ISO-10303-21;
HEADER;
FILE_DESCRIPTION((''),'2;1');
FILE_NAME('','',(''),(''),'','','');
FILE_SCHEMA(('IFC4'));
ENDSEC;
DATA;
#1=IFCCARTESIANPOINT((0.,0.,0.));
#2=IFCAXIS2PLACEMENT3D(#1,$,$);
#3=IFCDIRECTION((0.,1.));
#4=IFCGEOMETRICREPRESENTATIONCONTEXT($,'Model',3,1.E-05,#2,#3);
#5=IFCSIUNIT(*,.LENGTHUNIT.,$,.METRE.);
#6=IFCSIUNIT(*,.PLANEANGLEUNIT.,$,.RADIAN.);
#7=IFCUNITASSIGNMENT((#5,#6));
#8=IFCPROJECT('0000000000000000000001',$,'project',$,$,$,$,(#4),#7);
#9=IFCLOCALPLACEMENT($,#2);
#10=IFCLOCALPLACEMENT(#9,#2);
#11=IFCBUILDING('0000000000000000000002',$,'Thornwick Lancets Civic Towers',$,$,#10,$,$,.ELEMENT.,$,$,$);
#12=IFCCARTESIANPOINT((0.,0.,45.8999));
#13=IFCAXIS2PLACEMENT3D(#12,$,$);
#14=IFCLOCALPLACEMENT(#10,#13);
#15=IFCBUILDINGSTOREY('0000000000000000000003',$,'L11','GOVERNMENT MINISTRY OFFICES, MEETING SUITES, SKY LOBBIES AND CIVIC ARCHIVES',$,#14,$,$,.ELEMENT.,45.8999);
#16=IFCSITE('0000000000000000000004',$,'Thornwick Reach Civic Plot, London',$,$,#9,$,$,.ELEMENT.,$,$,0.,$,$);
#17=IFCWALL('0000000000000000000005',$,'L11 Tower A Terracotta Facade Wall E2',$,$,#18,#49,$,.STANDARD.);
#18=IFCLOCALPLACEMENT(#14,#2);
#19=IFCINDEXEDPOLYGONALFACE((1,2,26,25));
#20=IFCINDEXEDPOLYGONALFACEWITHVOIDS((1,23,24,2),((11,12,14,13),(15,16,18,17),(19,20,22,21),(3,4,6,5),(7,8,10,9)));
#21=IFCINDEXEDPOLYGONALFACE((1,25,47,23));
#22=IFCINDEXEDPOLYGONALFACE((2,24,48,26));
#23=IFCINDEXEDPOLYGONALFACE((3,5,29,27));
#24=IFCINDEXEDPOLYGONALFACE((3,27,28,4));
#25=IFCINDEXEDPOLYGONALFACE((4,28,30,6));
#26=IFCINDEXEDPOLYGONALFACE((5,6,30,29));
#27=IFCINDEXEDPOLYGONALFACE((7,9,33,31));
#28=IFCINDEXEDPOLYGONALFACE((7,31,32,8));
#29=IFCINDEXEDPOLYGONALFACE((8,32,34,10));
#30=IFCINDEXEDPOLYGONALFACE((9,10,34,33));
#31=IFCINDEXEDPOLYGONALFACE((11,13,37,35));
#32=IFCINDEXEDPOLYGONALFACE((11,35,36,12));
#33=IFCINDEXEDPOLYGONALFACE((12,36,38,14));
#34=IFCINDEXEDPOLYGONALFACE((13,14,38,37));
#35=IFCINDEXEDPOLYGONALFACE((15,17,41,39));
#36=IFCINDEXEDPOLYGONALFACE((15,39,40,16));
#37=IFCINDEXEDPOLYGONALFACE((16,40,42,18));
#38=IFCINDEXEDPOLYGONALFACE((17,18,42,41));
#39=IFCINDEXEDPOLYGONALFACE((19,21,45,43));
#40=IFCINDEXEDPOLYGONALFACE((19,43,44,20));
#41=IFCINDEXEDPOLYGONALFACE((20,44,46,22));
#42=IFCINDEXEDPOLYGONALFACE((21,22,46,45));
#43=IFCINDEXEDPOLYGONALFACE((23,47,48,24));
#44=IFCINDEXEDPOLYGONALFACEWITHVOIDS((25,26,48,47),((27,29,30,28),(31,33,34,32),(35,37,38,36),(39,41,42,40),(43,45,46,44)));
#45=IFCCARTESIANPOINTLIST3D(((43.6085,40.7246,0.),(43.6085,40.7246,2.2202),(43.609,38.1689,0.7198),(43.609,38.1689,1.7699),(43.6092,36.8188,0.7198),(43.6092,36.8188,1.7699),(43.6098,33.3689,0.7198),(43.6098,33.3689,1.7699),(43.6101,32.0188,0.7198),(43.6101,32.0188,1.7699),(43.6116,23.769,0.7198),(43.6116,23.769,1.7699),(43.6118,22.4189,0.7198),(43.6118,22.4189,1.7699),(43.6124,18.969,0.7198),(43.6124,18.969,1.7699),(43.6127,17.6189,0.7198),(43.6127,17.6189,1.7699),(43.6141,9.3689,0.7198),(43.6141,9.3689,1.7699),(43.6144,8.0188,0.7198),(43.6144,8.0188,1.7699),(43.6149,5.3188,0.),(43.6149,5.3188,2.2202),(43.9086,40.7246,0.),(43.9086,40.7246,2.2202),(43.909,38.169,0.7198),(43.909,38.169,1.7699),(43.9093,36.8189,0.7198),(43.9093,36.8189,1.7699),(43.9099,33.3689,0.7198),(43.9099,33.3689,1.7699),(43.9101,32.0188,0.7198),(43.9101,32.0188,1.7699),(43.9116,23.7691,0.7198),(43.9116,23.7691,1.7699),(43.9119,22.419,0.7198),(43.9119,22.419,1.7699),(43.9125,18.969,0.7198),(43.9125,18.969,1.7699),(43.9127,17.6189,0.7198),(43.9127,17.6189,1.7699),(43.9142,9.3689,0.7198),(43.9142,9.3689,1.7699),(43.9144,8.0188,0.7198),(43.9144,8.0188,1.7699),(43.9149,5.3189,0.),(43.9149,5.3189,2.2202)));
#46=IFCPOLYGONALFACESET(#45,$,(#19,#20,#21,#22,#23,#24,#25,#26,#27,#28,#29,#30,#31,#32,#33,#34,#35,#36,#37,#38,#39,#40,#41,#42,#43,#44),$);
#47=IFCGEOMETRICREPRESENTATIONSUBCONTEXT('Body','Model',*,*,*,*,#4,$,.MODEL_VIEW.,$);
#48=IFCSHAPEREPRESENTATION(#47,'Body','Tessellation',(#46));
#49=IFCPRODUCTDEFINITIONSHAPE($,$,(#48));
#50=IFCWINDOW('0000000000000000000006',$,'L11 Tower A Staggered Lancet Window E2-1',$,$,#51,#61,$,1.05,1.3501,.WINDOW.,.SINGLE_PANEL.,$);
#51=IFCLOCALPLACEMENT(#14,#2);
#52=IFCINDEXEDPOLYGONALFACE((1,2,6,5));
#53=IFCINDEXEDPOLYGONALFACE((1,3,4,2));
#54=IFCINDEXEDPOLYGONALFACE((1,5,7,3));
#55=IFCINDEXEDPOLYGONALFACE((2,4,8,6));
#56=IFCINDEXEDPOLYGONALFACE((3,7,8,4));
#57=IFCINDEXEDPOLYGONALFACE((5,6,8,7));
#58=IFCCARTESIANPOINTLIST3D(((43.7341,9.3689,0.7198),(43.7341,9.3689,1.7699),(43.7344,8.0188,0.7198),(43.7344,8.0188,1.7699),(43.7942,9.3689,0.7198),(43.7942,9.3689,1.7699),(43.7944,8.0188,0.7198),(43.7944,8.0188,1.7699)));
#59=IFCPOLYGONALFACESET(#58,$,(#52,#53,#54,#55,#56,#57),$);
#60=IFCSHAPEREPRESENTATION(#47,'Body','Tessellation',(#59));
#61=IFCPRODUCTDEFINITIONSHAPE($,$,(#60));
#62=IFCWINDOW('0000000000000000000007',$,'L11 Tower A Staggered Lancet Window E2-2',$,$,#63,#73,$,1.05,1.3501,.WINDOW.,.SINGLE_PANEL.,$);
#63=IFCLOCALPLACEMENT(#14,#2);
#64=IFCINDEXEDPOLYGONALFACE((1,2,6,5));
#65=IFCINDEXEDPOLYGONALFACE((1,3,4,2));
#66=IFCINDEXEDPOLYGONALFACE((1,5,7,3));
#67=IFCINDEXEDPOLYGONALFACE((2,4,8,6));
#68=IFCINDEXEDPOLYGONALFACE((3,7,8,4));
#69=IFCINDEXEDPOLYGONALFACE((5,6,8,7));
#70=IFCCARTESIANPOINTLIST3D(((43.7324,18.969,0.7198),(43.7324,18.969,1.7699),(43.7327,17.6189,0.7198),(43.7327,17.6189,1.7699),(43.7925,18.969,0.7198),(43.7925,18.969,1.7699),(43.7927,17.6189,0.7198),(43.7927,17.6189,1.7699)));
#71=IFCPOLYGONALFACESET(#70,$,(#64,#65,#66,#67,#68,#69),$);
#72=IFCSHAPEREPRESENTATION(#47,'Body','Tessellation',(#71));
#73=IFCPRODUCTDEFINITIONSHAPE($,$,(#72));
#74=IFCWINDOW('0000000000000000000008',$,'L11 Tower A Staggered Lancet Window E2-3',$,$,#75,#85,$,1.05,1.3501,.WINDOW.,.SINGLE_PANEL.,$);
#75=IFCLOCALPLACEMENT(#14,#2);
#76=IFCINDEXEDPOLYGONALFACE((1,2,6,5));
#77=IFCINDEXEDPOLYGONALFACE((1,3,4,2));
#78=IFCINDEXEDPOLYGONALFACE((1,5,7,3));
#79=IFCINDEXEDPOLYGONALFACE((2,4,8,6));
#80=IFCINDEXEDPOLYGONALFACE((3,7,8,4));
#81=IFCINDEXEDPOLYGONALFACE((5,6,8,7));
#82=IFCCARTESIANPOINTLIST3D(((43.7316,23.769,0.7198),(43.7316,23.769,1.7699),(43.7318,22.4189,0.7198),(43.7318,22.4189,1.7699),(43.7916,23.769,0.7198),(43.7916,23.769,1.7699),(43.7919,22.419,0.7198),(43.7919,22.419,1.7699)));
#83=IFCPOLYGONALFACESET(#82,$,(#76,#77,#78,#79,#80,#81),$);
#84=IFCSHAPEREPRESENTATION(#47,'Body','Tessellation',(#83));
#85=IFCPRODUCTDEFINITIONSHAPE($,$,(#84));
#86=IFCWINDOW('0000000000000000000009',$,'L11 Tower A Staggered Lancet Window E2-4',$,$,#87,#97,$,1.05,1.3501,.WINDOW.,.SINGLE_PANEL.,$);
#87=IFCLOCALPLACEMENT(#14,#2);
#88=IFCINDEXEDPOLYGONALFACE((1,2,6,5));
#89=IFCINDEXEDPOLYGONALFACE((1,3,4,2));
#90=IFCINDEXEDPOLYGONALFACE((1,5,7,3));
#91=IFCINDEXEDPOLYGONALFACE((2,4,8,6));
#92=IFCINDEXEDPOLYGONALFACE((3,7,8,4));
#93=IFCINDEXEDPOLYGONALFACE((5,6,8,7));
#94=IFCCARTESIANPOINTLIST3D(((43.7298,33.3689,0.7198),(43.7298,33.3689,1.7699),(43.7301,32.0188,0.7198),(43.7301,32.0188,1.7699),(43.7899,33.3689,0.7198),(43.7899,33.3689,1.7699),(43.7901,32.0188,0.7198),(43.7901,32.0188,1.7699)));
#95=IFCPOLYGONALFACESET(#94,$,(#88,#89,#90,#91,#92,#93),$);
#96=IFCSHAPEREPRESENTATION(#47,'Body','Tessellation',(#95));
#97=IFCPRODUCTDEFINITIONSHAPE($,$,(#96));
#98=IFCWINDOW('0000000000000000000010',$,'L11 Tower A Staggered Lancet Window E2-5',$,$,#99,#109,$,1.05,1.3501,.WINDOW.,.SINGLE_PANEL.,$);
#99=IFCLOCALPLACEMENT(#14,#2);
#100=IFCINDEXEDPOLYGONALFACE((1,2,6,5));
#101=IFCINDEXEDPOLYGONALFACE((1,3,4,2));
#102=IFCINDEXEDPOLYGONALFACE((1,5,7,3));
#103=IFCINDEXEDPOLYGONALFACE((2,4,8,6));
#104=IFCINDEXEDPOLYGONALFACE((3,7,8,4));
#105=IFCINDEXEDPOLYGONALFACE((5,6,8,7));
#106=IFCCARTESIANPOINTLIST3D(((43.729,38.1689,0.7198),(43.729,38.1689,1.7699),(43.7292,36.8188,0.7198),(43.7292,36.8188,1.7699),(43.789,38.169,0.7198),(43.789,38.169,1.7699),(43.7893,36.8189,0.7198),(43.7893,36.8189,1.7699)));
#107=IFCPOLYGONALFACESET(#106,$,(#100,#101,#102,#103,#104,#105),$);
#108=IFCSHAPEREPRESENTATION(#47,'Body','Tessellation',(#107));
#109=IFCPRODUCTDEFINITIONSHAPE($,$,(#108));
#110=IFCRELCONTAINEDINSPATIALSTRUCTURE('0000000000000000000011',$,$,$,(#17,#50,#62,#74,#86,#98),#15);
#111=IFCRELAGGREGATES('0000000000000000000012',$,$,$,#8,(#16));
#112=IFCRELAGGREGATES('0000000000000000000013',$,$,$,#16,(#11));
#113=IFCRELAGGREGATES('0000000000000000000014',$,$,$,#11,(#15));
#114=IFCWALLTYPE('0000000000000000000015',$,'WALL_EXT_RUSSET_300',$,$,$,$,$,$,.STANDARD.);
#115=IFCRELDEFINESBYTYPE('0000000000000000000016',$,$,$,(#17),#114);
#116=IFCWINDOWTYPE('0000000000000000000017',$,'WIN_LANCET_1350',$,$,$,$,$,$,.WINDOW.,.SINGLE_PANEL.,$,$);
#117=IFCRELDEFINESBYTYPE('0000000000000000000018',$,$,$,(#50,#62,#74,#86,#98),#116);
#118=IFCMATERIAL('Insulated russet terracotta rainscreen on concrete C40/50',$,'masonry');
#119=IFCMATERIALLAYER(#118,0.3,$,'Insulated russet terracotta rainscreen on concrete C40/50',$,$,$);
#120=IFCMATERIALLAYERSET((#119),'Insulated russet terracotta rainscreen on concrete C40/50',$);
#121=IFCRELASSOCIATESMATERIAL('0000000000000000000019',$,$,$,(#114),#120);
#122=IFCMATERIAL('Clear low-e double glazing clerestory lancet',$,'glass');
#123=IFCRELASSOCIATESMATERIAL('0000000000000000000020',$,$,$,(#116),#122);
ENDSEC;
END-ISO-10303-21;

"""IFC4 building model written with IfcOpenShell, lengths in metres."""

from ifc_helpers import new_model, si_unit, direction, frame, frame_2d, origin, place, context, subcontext, project, spatial, rectangle, extrude, material, layer, layer_set, type_object, element, fill, save


model = new_model("IFC4")

# Units and contexts
model_context = context("Model", 3, precision=1e-05, world=origin(), true_north=direction((0.0, 1.0)))
body_context = subcontext(model_context, "Body", "Model", "MODEL_VIEW")
ifc_project = project(units=[si_unit("LENGTHUNIT", "METRE"), si_unit("PLANEANGLEUNIT", "RADIAN")], contexts=[model_context])

# Site, building, storey
site_placement = place(None, origin())
site = spatial("IfcSite", under=ifc_project, at=site_placement, Name="Thornwick Reach Civic Plot, London", CompositionType="ELEMENT", RefElevation=0.0)
building_placement = place(site_placement, origin())
building = spatial("IfcBuilding", under=site, at=building_placement, Name="Thornwick Lancets Civic Towers", CompositionType="ELEMENT")
storey_placement = place(building_placement, frame((0.0, 0.0, 45.8999)))
storey = spatial("IfcBuildingStorey", under=building, at=storey_placement, Name="L11", Description="GOVERNMENT MINISTRY OFFICES, MEETING SUITES, SKY LOBBIES AND CIVIC ARCHIVES", CompositionType="ELEMENT", Elevation=45.8999)

# Wall, openings, windows
ifc_material_1 = material(Name="Insulated russet terracotta rainscreen on concrete C40/50", Category="masonry")
ifc_layer_1 = layer(ifc_material_1, 0.3, Name="Insulated russet terracotta rainscreen on concrete C40/50")
ifc_layer_set_1 = layer_set([ifc_layer_1], Name="Insulated russet terracotta rainscreen on concrete C40/50")
wall_type_1 = type_object("IfcWallType", Name="WALL_EXT_RUSSET_300", PredefinedType="STANDARD", material=ifc_layer_set_1)
wall_1_placement = place(storey_placement, frame((43.7649, 5.3188, 0.0), z_axis=(0.0, 0.0, 1.0), x_axis=(-0.000179, 1.0, 0.0)))
wall_1 = element("IfcWall", 1, at=wall_1_placement, inside=storey, type_object=wall_type_1, Name="L11 Tower A Terracotta Facade Wall E2", PredefinedType="STANDARD", context=body_context, shape_type="SweptSolid", body=[
    extrude(rectangle(XDim=35.4058, YDim=0.3, at=frame_2d((17.7029, 0.0))), origin(), (0.0, 0.0, 1.0), 2.2202),
])
opening_1_placement = place(wall_1_placement, frame((2.7, 0.0, 0.72)))
opening_1 = element("IfcOpeningElement", 2, at=opening_1_placement, cuts=wall_1, PredefinedType="OPENING", context=body_context, shape_type="SweptSolid", body=[
    extrude(rectangle(XDim=1.3501, YDim=1.05, at=frame_2d((0.675, 0.5249))), frame((0.0, 0.1602, 0.0), z_axis=(0.0, -1.0, 0.0), x_axis=(1.0, 0.0, 0.0)), (0.0, 0.0, 1.0), 0.3201),
])
opening_2_placement = place(wall_1_placement, frame((12.3, 0.0, 0.72)))
opening_2 = element("IfcOpeningElement", 3, at=opening_2_placement, cuts=wall_1, PredefinedType="OPENING", context=body_context, shape_type="SweptSolid", body=[
    extrude(rectangle(XDim=1.3501, YDim=1.05, at=frame_2d((0.675, 0.5249))), frame((0.0, 0.1602, 0.0), z_axis=(0.0, -1.0, 0.0), x_axis=(1.0, 0.0, 0.0)), (0.0, 0.0, 1.0), 0.3201),
])
opening_3_placement = place(wall_1_placement, frame((17.1001, 0.0, 0.72)))
opening_3 = element("IfcOpeningElement", 4, at=opening_3_placement, cuts=wall_1, PredefinedType="OPENING", context=body_context, shape_type="SweptSolid", body=[
    extrude(rectangle(XDim=1.3501, YDim=1.05, at=frame_2d((0.675, 0.5249))), frame((0.0, 0.1602, 0.0), z_axis=(0.0, -1.0, 0.0), x_axis=(1.0, 0.0, 0.0)), (0.0, 0.0, 1.0), 0.3201),
])
opening_4_placement = place(wall_1_placement, frame((26.7, 0.0, 0.72)))
opening_4 = element("IfcOpeningElement", 5, at=opening_4_placement, cuts=wall_1, PredefinedType="OPENING", context=body_context, shape_type="SweptSolid", body=[
    extrude(rectangle(XDim=1.3501, YDim=1.05, at=frame_2d((0.675, 0.5249))), frame((0.0, 0.1602, 0.0), z_axis=(0.0, -1.0, 0.0), x_axis=(1.0, 0.0, 0.0)), (0.0, 0.0, 1.0), 0.3201),
])
opening_5_placement = place(wall_1_placement, frame((31.5, 0.0, 0.72)))
opening_5 = element("IfcOpeningElement", 6, at=opening_5_placement, cuts=wall_1, PredefinedType="OPENING", context=body_context, shape_type="SweptSolid", body=[
    extrude(rectangle(XDim=1.3501, YDim=1.05, at=frame_2d((0.675, 0.5249))), frame((0.0, 0.1602, 0.0), z_axis=(0.0, -1.0, 0.0), x_axis=(1.0, 0.0, 0.0)), (0.0, 0.0, 1.0), 0.3201),
])
ifc_material_2 = material(Name="Clear low-e double glazing clerestory lancet", Category="glass")
window_type = type_object("IfcWindowType", Name="WIN_LANCET_1350", PartitioningType="SINGLE_PANEL", PredefinedType="WINDOW", material=ifc_material_2)
window_1_placement = place(opening_1_placement, origin())
window_1 = element("IfcWindow", 7, at=window_1_placement, inside=storey, type_object=window_type, Name="L11 Tower A Staggered Lancet Window E2-1", OverallHeight=1.05, OverallWidth=1.3501, PartitioningType="SINGLE_PANEL", PredefinedType="WINDOW", context=body_context, shape_type="SweptSolid", body=[
    extrude(rectangle(XDim=1.3501, YDim=1.05, at=frame_2d((0.675, 0.5249))), frame((0.0, 0.03, 0.0), z_axis=(0.0, -1.0, 0.0), x_axis=(1.0, 0.0, 0.0)), (0.0, 0.0, 1.0), 0.0601),
])
fill(opening_1, window_1)
window_2_placement = place(opening_2_placement, origin())
window_2 = element("IfcWindow", 8, at=window_2_placement, inside=storey, type_object=window_type, Name="L11 Tower A Staggered Lancet Window E2-2", OverallHeight=1.05, OverallWidth=1.3501, PartitioningType="SINGLE_PANEL", PredefinedType="WINDOW", context=body_context, shape_type="SweptSolid", body=[
    extrude(rectangle(XDim=1.3501, YDim=1.05, at=frame_2d((0.675, 0.5249))), frame((0.0, 0.03, 0.0), z_axis=(0.0, -1.0, 0.0), x_axis=(1.0, 0.0, 0.0)), (0.0, 0.0, 1.0), 0.0601),
])
fill(opening_2, window_2)
window_3_placement = place(opening_3_placement, origin())
window_3 = element("IfcWindow", 9, at=window_3_placement, inside=storey, type_object=window_type, Name="L11 Tower A Staggered Lancet Window E2-3", OverallHeight=1.05, OverallWidth=1.3501, PartitioningType="SINGLE_PANEL", PredefinedType="WINDOW", context=body_context, shape_type="SweptSolid", body=[
    extrude(rectangle(XDim=1.3501, YDim=1.05, at=frame_2d((0.675, 0.5249))), frame((0.0, 0.03, 0.0), z_axis=(0.0, -1.0, 0.0), x_axis=(1.0, 0.0, 0.0)), (0.0, 0.0, 1.0), 0.0601),
])
fill(opening_3, window_3)
window_4_placement = place(opening_4_placement, origin())
window_4 = element("IfcWindow", 10, at=window_4_placement, inside=storey, type_object=window_type, Name="L11 Tower A Staggered Lancet Window E2-4", OverallHeight=1.05, OverallWidth=1.3501, PartitioningType="SINGLE_PANEL", PredefinedType="WINDOW", context=body_context, shape_type="SweptSolid", body=[
    extrude(rectangle(XDim=1.3501, YDim=1.05, at=frame_2d((0.675, 0.5249))), frame((0.0, 0.03, 0.0), z_axis=(0.0, -1.0, 0.0), x_axis=(1.0, 0.0, 0.0)), (0.0, 0.0, 1.0), 0.0601),
])
fill(opening_4, window_4)
window_5_placement = place(opening_5_placement, origin())
window_5 = element("IfcWindow", 11, at=window_5_placement, inside=storey, type_object=window_type, Name="L11 Tower A Staggered Lancet Window E2-5", OverallHeight=1.05, OverallWidth=1.3501, PartitioningType="SINGLE_PANEL", PredefinedType="WINDOW", context=body_context, shape_type="SweptSolid", body=[
    extrude(rectangle(XDim=1.3501, YDim=1.05, at=frame_2d((0.675, 0.5249))), frame((0.0, 0.03, 0.0), z_axis=(0.0, -1.0, 0.0), x_axis=(1.0, 0.0, 0.0)), (0.0, 0.0, 1.0), 0.0601),
])
fill(opening_5, window_5)

save(model, "model.ifc")
